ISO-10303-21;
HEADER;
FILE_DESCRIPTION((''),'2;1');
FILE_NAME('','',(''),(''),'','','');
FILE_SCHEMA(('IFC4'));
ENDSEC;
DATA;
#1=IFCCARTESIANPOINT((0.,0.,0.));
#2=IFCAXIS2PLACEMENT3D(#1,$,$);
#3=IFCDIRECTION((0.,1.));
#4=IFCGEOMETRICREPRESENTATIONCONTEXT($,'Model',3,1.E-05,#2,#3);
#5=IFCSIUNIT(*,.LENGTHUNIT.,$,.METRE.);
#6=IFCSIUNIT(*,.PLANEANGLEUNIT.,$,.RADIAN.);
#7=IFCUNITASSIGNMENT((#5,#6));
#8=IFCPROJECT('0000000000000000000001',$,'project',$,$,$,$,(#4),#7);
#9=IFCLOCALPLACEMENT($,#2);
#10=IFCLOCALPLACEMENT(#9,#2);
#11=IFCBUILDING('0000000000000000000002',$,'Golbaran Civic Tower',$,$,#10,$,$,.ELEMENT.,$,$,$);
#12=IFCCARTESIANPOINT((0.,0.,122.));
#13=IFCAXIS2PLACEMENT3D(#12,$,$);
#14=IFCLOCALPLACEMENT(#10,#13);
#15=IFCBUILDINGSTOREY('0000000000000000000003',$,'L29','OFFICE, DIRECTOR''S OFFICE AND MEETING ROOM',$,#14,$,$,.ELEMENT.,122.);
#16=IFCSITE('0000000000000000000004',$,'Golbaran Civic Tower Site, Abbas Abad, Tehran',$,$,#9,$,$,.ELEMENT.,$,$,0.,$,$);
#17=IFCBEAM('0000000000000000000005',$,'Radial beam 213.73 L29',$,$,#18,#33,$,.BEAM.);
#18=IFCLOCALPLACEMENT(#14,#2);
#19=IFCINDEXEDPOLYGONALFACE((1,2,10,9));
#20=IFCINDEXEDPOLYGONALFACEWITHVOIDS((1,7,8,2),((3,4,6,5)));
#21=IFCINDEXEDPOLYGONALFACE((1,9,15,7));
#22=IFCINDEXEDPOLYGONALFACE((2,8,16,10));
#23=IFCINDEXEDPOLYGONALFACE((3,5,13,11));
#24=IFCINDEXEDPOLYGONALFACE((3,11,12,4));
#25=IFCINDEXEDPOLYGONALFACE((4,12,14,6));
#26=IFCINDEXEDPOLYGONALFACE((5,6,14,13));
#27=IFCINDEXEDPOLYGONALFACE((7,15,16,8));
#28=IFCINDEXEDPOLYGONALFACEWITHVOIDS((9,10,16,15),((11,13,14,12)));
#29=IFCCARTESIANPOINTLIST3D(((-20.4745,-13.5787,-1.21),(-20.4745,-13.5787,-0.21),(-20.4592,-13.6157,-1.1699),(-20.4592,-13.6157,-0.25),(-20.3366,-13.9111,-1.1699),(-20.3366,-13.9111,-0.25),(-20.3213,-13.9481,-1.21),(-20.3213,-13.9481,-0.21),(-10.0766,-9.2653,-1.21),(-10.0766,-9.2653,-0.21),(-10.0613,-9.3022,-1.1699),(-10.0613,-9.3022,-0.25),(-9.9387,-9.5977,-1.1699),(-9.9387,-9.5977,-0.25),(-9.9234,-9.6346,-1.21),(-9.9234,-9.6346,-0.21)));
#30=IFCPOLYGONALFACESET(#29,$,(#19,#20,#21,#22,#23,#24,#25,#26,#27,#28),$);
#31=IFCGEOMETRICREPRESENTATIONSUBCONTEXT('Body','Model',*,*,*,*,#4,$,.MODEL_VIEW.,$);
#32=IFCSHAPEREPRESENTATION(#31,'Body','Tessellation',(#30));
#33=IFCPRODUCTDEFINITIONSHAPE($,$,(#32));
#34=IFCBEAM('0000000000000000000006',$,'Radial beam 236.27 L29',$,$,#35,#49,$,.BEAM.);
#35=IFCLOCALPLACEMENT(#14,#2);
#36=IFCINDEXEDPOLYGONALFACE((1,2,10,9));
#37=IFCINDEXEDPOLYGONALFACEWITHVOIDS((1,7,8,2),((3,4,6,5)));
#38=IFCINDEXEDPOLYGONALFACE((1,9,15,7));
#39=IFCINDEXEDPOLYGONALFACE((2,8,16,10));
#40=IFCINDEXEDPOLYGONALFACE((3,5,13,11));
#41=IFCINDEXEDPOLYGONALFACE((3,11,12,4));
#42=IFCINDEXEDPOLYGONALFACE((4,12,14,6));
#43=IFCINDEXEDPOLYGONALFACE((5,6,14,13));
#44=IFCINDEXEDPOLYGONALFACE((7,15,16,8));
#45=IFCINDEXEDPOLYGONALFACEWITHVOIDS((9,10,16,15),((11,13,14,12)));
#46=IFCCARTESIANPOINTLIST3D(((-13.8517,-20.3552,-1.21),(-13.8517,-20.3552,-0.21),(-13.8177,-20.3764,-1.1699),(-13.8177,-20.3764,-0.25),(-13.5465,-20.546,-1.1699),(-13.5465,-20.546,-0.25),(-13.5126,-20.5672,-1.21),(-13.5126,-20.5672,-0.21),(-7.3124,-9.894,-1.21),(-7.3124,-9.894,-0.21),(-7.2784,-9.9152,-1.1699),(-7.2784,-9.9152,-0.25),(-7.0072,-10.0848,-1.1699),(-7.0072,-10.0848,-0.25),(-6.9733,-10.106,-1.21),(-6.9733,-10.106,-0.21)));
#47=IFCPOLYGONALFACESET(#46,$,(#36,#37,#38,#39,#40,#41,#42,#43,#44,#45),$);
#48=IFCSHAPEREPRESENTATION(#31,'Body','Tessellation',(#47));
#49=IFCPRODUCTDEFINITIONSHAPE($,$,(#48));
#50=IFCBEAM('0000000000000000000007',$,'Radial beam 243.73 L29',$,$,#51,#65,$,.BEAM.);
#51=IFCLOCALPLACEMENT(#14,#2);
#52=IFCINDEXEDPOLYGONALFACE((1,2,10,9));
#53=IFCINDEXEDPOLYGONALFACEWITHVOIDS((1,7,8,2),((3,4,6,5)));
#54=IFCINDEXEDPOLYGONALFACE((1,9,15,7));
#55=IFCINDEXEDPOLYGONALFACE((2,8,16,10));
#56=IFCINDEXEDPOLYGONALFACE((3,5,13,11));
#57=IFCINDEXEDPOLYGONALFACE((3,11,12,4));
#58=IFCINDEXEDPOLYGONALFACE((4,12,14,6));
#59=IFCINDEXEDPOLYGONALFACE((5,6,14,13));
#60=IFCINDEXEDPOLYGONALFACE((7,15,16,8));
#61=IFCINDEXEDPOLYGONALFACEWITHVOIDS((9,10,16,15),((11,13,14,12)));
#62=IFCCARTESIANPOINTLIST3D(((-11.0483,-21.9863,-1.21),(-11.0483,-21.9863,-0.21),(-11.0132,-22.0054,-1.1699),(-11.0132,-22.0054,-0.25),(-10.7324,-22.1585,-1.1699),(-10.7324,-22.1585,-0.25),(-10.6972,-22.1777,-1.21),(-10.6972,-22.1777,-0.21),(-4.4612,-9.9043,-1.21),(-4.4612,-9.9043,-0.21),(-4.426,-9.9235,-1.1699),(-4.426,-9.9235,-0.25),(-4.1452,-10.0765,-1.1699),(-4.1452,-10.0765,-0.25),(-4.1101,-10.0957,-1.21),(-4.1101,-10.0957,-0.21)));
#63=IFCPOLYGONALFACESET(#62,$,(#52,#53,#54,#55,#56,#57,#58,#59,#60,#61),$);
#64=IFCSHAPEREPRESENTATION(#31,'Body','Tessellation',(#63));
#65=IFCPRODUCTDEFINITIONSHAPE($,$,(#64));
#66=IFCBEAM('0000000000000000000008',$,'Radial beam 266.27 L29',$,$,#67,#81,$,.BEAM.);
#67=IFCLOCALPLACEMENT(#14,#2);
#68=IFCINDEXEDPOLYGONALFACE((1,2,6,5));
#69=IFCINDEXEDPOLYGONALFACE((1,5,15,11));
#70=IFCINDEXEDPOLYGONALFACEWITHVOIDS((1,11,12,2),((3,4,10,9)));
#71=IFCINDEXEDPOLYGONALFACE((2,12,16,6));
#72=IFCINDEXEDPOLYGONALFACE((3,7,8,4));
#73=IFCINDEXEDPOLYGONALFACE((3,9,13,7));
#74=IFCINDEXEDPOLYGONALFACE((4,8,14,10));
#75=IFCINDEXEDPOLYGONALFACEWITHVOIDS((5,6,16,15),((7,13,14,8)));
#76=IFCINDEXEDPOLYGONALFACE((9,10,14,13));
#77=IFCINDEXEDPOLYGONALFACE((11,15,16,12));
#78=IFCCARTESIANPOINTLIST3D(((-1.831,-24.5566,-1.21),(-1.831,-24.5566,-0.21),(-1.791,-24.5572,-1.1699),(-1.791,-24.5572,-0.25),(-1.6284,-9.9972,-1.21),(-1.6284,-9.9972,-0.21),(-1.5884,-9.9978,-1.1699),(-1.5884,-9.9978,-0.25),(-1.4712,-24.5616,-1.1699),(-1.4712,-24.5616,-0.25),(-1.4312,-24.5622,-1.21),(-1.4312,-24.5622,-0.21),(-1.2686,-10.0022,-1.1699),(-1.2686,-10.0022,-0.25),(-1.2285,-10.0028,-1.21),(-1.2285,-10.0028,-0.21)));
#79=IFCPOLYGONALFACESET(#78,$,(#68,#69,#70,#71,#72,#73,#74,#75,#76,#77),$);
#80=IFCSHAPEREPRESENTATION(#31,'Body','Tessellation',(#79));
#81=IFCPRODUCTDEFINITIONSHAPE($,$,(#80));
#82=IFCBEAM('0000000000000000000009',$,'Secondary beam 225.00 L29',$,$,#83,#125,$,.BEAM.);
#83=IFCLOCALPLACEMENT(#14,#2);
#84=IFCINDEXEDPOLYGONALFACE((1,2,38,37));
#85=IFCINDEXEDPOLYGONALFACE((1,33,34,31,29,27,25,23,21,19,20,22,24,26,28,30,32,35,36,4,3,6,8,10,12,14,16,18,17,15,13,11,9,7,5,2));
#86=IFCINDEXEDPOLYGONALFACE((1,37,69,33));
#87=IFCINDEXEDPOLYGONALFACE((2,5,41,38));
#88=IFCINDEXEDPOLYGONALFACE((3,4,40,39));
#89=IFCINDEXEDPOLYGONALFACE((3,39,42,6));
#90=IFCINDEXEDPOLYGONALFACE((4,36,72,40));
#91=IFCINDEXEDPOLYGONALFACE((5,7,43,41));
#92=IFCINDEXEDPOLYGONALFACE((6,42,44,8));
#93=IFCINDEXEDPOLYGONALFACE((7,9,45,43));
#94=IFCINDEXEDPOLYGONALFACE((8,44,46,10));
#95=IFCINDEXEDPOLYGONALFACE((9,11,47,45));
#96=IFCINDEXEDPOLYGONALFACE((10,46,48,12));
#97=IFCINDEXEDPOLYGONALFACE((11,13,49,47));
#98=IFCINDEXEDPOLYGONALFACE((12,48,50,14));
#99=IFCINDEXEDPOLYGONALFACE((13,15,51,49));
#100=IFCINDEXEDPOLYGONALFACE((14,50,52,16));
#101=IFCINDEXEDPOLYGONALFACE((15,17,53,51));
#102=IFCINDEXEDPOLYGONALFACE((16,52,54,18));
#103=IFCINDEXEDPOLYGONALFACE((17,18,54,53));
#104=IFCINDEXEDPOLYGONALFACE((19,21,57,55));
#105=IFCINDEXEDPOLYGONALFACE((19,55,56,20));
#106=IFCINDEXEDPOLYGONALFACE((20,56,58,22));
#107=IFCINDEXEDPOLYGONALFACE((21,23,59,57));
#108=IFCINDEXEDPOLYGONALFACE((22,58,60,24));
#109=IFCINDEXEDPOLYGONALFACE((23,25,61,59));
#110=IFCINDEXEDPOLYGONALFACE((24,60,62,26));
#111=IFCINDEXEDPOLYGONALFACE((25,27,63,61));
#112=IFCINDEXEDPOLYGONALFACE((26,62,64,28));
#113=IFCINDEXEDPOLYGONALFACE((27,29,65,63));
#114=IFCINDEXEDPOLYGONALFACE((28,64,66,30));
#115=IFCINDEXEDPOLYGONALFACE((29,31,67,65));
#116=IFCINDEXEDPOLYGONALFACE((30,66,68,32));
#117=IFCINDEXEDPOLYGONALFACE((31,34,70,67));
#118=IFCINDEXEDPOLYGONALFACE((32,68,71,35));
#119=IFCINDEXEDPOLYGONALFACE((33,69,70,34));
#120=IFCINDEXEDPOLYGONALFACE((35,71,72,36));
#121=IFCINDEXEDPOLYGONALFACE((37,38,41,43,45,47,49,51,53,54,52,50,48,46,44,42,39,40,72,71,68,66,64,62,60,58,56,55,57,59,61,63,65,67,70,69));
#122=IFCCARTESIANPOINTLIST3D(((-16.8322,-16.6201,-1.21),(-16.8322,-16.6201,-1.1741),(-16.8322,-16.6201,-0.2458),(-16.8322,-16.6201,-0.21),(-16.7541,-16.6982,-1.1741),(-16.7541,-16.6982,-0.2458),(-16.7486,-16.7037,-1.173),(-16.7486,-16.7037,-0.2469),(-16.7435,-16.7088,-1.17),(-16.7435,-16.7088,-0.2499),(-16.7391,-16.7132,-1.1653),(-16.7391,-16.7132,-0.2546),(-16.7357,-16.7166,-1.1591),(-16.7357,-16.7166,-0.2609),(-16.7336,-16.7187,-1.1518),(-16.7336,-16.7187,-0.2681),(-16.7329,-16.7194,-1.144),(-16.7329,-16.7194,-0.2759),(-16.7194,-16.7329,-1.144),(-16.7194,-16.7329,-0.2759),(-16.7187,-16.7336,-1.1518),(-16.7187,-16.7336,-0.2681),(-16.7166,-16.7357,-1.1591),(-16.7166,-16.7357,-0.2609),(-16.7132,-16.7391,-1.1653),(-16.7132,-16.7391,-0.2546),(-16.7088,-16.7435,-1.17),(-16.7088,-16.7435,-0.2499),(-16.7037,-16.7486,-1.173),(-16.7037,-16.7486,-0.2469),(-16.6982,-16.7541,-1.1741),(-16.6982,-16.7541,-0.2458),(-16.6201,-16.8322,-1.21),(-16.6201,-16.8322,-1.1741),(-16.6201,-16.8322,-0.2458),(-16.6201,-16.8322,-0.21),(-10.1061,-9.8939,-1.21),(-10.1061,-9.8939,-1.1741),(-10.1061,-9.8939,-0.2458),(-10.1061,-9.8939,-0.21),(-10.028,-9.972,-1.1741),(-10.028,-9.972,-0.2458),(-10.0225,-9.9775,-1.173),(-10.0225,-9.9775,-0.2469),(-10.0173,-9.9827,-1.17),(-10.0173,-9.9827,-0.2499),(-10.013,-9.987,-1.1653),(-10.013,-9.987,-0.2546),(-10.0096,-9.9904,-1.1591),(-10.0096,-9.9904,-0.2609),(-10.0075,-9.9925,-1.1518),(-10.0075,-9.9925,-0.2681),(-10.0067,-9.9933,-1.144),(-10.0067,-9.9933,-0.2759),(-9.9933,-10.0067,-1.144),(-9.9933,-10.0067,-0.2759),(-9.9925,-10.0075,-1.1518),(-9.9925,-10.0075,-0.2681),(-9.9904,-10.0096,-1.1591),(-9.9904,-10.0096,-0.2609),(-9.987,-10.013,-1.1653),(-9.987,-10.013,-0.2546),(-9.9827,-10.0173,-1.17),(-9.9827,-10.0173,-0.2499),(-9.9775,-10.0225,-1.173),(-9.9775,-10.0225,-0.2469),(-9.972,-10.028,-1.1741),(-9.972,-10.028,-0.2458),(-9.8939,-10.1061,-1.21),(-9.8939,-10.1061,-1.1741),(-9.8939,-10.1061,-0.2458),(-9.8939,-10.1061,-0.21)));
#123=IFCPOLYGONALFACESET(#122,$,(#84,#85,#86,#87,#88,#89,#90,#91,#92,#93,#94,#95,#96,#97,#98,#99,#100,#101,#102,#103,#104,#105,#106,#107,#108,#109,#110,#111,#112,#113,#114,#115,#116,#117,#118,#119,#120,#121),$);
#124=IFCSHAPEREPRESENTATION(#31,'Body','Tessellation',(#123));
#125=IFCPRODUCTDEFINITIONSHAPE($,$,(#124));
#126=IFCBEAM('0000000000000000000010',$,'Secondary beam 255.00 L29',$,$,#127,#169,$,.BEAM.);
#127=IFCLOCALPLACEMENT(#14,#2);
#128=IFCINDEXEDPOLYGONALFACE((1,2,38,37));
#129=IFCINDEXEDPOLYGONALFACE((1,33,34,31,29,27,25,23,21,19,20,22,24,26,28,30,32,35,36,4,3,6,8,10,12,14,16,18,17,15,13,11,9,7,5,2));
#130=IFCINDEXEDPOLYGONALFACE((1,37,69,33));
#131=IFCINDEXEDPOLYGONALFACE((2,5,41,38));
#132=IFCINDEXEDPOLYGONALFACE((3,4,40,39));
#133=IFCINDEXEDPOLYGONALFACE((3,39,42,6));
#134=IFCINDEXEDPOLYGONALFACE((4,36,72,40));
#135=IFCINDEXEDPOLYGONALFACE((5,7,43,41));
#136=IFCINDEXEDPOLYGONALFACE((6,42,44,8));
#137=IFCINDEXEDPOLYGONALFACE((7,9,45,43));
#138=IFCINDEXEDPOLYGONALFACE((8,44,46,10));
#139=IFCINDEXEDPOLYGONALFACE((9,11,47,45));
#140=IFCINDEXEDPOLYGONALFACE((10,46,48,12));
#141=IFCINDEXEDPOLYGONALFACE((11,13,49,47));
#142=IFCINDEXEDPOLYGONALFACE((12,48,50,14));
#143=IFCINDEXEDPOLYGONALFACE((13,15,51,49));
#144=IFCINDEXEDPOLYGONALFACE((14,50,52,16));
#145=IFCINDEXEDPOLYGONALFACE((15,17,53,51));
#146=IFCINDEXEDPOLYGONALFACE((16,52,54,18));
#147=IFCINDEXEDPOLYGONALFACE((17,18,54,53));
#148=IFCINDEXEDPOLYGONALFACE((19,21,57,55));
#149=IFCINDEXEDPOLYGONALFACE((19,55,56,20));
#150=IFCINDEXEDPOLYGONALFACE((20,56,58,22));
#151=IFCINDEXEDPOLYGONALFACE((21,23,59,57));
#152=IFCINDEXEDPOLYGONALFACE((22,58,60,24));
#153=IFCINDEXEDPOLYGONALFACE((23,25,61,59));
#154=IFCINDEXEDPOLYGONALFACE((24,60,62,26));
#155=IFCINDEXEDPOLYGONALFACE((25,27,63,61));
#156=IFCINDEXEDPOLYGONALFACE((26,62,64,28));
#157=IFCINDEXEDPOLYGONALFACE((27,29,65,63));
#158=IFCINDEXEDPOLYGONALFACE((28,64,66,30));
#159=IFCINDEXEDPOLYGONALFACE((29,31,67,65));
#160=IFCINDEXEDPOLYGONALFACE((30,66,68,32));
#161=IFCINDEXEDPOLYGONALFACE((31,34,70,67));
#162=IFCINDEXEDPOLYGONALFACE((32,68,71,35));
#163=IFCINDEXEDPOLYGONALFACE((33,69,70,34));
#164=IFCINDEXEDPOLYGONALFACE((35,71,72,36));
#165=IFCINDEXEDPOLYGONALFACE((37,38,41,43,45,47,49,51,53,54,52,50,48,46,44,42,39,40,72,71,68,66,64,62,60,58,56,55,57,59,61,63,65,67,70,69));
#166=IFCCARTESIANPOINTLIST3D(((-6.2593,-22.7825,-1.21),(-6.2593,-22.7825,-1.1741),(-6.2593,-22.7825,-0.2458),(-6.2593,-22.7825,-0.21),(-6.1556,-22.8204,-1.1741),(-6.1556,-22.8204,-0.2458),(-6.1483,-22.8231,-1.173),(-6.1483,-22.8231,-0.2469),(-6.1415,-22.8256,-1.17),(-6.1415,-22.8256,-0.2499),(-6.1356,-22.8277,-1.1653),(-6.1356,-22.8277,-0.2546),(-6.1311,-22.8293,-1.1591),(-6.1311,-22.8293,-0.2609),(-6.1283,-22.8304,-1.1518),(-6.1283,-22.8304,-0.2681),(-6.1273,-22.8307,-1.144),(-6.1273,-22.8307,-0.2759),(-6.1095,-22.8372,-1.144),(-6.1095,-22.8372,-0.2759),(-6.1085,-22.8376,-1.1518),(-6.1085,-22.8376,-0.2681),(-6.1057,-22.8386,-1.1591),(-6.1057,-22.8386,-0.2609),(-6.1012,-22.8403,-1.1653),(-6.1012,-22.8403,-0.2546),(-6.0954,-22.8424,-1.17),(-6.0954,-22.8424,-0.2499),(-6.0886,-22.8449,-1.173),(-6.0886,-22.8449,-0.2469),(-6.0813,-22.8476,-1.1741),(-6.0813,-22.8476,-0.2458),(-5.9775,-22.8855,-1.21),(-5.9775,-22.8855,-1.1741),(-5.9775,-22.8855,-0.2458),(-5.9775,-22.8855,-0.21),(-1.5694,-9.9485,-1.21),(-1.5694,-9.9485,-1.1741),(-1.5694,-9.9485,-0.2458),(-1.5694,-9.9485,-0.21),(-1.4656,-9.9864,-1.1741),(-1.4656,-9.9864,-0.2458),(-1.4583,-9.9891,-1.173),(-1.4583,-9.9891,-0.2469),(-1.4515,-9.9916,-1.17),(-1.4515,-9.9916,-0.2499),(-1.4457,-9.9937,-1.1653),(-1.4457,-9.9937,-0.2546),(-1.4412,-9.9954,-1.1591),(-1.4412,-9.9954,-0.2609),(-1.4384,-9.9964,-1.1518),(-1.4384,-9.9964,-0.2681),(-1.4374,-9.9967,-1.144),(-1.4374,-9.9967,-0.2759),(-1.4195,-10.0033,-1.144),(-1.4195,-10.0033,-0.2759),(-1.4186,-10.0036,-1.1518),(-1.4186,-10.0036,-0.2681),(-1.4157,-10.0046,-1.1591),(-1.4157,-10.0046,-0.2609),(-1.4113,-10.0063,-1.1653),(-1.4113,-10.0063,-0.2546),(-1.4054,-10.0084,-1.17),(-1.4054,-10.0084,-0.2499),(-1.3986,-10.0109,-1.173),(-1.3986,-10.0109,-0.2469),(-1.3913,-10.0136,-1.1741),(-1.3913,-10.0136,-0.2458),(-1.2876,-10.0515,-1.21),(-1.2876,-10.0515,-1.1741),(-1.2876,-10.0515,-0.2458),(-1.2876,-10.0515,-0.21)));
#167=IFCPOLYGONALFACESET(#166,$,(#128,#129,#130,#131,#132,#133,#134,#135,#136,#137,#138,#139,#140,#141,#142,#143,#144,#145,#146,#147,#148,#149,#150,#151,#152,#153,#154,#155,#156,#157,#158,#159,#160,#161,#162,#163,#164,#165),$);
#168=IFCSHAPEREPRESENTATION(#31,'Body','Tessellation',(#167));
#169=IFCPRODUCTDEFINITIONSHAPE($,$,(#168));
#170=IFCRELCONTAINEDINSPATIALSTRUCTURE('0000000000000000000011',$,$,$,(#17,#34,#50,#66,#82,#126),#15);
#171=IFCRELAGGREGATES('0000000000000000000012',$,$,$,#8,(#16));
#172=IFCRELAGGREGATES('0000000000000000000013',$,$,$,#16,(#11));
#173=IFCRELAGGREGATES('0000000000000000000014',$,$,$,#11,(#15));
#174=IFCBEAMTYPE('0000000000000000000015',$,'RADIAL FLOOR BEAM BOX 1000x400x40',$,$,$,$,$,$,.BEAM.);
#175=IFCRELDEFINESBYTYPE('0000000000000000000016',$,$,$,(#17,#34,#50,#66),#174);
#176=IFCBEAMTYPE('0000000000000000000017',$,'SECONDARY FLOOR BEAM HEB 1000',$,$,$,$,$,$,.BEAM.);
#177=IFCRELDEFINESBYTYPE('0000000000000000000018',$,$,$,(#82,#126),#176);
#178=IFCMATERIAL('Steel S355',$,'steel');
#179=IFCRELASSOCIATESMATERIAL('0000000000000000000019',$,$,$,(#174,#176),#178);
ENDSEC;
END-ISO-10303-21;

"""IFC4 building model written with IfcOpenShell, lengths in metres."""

from ifc_helpers import new_model, si_unit, direction, frame, origin, origin_2d, place, context, subcontext, project, spatial, hollow_rectangle, i_section, extrude, material, material_profile, profile_set, type_object, element, save


model = new_model("IFC4")

# Units and contexts
model_context = context("Model", 3, precision=1e-05, world=origin(), true_north=direction((0.0, 1.0)))
body_context = subcontext(model_context, "Body", "Model", "MODEL_VIEW")
ifc_project = project(units=[si_unit("LENGTHUNIT", "METRE"), si_unit("PLANEANGLEUNIT", "RADIAN")], contexts=[model_context])

# Site, building, storey
site_placement = place(None, origin())
site = spatial("IfcSite", under=ifc_project, at=site_placement, Name="Golbaran Civic Tower Site, Abbas Abad, Tehran", CompositionType="ELEMENT", RefElevation=0.0)
building_placement = place(site_placement, origin())
building = spatial("IfcBuilding", under=site, at=building_placement, Name="Golbaran Civic Tower", CompositionType="ELEMENT")
storey_placement = place(building_placement, frame((0.0, 0.0, 122.0)))
storey = spatial("IfcBuildingStorey", under=building, at=storey_placement, Name="L29", Description="OFFICE, DIRECTOR'S OFFICE AND MEETING ROOM", CompositionType="ELEMENT", Elevation=122.0)

# Beams
ifc_material_1 = material(Name="Steel S355", Category="steel")
ifc_material_profile_1 = material_profile(ifc_material_1, hollow_rectangle(XDim=0.3999, YDim=1.0, WallThickness=0.04, at=origin_2d()), Name="BOX 1000x400x40")
ifc_profile_set_1 = profile_set([ifc_material_profile_1], Name="Steel S355")
beam_type_1 = type_object("IfcBeamType", Name="RADIAL FLOOR BEAM BOX 1000x400x40", PredefinedType="BEAM", material=ifc_profile_set_1)
beam_1_placement = place(storey_placement, frame((-10.0, -9.45, -0.71), z_axis=(-0.923675, -0.383177, 0.0), x_axis=(0.383177, -0.923675, 0.0)))
element("IfcBeam", 1, at=beam_1_placement, inside=storey, type_object=beam_type_1, Name="Radial beam 213.73 L29", PredefinedType="BEAM", context=body_context, shape_type="SweptSolid", body=[
    extrude(hollow_rectangle(XDim=0.3999, YDim=1.0, WallThickness=0.04, at=origin_2d()), origin(), (0.0, 0.0, 1.0), 11.2571),
])
beam_2_placement = place(storey_placement, frame((-7.1428, -10.0, -0.71), z_axis=(-0.530061, -0.847959, 0.0), x_axis=(0.847959, -0.530061, 0.0)))
element("IfcBeam", 2, at=beam_2_placement, inside=storey, type_object=beam_type_1, Name="Radial beam 236.27 L29", PredefinedType="BEAM", context=body_context, shape_type="SweptSolid", body=[
    extrude(hollow_rectangle(XDim=0.3999, YDim=1.0, WallThickness=0.04, at=origin_2d()), origin(), (0.0, 0.0, 1.0), 12.3369),
])
beam_3_placement = place(storey_placement, frame((-4.2856, -10.0, -0.71), z_axis=(-0.478682, -0.877988, 0.0), x_axis=(0.877988, -0.478682, 0.0)))
element("IfcBeam", 3, at=beam_3_placement, inside=storey, type_object=beam_type_1, Name="Radial beam 243.73 L29", PredefinedType="BEAM", context=body_context, shape_type="SweptSolid", body=[
    extrude(hollow_rectangle(XDim=0.3999, YDim=1.0, WallThickness=0.04, at=origin_2d()), origin(), (0.0, 0.0, 1.0), 13.761),
])
beam_4_placement = place(storey_placement, frame((-1.4285, -10.0, -0.71), z_axis=(-0.013917, -0.999903, 0.0), x_axis=(0.999903, -0.013917, 0.0)))
element("IfcBeam", 4, at=beam_4_placement, inside=storey, type_object=beam_type_1, Name="Radial beam 266.27 L29", PredefinedType="BEAM", context=body_context, shape_type="SweptSolid", body=[
    extrude(hollow_rectangle(XDim=0.3999, YDim=1.0, WallThickness=0.04, at=origin_2d()), origin(), (0.0, 0.0, 1.0), 14.5608),
])
ifc_material_profile_2 = material_profile(ifc_material_1, i_section(OverallWidth=0.3, OverallDepth=1.0, WebThickness=0.019, FlangeThickness=0.0359, FilletRadius=0.03, at=origin_2d()), Name="HEB 1000")
ifc_profile_set_2 = profile_set([ifc_material_profile_2], Name="Steel S355")
beam_type_2 = type_object("IfcBeamType", Name="SECONDARY FLOOR BEAM HEB 1000", PredefinedType="BEAM", material=ifc_profile_set_2)
beam_5_placement = place(storey_placement, frame((-10.0, -10.0, -0.71), z_axis=(-0.707107, -0.707107, 0.0), x_axis=(0.707107, -0.707107, 0.0)))
element("IfcBeam", 5, at=beam_5_placement, inside=storey, type_object=beam_type_2, Name="Secondary beam 225.00 L29", PredefinedType="BEAM", context=body_context, shape_type="SweptSolid", body=[
    extrude(i_section(OverallWidth=0.3, OverallDepth=1.0, WebThickness=0.019, FlangeThickness=0.0359, FilletRadius=0.03, at=origin_2d()), origin(), (0.0, 0.0, 1.0), 9.5122),
])
beam_6_placement = place(storey_placement, frame((-1.4285, -10.0, -0.71), z_axis=(-0.343232, -0.939251, 0.0), x_axis=(0.939251, -0.343232, 0.0)))
element("IfcBeam", 6, at=beam_6_placement, inside=storey, type_object=beam_type_2, Name="Secondary beam 255.00 L29", PredefinedType="BEAM", context=body_context, shape_type="SweptSolid", body=[
    extrude(i_section(OverallWidth=0.3, OverallDepth=1.0, WebThickness=0.019, FlangeThickness=0.0359, FilletRadius=0.03, at=origin_2d()), origin(), (0.0, 0.0, 1.0), 13.6641),
])

save(model, "model.ifc")
